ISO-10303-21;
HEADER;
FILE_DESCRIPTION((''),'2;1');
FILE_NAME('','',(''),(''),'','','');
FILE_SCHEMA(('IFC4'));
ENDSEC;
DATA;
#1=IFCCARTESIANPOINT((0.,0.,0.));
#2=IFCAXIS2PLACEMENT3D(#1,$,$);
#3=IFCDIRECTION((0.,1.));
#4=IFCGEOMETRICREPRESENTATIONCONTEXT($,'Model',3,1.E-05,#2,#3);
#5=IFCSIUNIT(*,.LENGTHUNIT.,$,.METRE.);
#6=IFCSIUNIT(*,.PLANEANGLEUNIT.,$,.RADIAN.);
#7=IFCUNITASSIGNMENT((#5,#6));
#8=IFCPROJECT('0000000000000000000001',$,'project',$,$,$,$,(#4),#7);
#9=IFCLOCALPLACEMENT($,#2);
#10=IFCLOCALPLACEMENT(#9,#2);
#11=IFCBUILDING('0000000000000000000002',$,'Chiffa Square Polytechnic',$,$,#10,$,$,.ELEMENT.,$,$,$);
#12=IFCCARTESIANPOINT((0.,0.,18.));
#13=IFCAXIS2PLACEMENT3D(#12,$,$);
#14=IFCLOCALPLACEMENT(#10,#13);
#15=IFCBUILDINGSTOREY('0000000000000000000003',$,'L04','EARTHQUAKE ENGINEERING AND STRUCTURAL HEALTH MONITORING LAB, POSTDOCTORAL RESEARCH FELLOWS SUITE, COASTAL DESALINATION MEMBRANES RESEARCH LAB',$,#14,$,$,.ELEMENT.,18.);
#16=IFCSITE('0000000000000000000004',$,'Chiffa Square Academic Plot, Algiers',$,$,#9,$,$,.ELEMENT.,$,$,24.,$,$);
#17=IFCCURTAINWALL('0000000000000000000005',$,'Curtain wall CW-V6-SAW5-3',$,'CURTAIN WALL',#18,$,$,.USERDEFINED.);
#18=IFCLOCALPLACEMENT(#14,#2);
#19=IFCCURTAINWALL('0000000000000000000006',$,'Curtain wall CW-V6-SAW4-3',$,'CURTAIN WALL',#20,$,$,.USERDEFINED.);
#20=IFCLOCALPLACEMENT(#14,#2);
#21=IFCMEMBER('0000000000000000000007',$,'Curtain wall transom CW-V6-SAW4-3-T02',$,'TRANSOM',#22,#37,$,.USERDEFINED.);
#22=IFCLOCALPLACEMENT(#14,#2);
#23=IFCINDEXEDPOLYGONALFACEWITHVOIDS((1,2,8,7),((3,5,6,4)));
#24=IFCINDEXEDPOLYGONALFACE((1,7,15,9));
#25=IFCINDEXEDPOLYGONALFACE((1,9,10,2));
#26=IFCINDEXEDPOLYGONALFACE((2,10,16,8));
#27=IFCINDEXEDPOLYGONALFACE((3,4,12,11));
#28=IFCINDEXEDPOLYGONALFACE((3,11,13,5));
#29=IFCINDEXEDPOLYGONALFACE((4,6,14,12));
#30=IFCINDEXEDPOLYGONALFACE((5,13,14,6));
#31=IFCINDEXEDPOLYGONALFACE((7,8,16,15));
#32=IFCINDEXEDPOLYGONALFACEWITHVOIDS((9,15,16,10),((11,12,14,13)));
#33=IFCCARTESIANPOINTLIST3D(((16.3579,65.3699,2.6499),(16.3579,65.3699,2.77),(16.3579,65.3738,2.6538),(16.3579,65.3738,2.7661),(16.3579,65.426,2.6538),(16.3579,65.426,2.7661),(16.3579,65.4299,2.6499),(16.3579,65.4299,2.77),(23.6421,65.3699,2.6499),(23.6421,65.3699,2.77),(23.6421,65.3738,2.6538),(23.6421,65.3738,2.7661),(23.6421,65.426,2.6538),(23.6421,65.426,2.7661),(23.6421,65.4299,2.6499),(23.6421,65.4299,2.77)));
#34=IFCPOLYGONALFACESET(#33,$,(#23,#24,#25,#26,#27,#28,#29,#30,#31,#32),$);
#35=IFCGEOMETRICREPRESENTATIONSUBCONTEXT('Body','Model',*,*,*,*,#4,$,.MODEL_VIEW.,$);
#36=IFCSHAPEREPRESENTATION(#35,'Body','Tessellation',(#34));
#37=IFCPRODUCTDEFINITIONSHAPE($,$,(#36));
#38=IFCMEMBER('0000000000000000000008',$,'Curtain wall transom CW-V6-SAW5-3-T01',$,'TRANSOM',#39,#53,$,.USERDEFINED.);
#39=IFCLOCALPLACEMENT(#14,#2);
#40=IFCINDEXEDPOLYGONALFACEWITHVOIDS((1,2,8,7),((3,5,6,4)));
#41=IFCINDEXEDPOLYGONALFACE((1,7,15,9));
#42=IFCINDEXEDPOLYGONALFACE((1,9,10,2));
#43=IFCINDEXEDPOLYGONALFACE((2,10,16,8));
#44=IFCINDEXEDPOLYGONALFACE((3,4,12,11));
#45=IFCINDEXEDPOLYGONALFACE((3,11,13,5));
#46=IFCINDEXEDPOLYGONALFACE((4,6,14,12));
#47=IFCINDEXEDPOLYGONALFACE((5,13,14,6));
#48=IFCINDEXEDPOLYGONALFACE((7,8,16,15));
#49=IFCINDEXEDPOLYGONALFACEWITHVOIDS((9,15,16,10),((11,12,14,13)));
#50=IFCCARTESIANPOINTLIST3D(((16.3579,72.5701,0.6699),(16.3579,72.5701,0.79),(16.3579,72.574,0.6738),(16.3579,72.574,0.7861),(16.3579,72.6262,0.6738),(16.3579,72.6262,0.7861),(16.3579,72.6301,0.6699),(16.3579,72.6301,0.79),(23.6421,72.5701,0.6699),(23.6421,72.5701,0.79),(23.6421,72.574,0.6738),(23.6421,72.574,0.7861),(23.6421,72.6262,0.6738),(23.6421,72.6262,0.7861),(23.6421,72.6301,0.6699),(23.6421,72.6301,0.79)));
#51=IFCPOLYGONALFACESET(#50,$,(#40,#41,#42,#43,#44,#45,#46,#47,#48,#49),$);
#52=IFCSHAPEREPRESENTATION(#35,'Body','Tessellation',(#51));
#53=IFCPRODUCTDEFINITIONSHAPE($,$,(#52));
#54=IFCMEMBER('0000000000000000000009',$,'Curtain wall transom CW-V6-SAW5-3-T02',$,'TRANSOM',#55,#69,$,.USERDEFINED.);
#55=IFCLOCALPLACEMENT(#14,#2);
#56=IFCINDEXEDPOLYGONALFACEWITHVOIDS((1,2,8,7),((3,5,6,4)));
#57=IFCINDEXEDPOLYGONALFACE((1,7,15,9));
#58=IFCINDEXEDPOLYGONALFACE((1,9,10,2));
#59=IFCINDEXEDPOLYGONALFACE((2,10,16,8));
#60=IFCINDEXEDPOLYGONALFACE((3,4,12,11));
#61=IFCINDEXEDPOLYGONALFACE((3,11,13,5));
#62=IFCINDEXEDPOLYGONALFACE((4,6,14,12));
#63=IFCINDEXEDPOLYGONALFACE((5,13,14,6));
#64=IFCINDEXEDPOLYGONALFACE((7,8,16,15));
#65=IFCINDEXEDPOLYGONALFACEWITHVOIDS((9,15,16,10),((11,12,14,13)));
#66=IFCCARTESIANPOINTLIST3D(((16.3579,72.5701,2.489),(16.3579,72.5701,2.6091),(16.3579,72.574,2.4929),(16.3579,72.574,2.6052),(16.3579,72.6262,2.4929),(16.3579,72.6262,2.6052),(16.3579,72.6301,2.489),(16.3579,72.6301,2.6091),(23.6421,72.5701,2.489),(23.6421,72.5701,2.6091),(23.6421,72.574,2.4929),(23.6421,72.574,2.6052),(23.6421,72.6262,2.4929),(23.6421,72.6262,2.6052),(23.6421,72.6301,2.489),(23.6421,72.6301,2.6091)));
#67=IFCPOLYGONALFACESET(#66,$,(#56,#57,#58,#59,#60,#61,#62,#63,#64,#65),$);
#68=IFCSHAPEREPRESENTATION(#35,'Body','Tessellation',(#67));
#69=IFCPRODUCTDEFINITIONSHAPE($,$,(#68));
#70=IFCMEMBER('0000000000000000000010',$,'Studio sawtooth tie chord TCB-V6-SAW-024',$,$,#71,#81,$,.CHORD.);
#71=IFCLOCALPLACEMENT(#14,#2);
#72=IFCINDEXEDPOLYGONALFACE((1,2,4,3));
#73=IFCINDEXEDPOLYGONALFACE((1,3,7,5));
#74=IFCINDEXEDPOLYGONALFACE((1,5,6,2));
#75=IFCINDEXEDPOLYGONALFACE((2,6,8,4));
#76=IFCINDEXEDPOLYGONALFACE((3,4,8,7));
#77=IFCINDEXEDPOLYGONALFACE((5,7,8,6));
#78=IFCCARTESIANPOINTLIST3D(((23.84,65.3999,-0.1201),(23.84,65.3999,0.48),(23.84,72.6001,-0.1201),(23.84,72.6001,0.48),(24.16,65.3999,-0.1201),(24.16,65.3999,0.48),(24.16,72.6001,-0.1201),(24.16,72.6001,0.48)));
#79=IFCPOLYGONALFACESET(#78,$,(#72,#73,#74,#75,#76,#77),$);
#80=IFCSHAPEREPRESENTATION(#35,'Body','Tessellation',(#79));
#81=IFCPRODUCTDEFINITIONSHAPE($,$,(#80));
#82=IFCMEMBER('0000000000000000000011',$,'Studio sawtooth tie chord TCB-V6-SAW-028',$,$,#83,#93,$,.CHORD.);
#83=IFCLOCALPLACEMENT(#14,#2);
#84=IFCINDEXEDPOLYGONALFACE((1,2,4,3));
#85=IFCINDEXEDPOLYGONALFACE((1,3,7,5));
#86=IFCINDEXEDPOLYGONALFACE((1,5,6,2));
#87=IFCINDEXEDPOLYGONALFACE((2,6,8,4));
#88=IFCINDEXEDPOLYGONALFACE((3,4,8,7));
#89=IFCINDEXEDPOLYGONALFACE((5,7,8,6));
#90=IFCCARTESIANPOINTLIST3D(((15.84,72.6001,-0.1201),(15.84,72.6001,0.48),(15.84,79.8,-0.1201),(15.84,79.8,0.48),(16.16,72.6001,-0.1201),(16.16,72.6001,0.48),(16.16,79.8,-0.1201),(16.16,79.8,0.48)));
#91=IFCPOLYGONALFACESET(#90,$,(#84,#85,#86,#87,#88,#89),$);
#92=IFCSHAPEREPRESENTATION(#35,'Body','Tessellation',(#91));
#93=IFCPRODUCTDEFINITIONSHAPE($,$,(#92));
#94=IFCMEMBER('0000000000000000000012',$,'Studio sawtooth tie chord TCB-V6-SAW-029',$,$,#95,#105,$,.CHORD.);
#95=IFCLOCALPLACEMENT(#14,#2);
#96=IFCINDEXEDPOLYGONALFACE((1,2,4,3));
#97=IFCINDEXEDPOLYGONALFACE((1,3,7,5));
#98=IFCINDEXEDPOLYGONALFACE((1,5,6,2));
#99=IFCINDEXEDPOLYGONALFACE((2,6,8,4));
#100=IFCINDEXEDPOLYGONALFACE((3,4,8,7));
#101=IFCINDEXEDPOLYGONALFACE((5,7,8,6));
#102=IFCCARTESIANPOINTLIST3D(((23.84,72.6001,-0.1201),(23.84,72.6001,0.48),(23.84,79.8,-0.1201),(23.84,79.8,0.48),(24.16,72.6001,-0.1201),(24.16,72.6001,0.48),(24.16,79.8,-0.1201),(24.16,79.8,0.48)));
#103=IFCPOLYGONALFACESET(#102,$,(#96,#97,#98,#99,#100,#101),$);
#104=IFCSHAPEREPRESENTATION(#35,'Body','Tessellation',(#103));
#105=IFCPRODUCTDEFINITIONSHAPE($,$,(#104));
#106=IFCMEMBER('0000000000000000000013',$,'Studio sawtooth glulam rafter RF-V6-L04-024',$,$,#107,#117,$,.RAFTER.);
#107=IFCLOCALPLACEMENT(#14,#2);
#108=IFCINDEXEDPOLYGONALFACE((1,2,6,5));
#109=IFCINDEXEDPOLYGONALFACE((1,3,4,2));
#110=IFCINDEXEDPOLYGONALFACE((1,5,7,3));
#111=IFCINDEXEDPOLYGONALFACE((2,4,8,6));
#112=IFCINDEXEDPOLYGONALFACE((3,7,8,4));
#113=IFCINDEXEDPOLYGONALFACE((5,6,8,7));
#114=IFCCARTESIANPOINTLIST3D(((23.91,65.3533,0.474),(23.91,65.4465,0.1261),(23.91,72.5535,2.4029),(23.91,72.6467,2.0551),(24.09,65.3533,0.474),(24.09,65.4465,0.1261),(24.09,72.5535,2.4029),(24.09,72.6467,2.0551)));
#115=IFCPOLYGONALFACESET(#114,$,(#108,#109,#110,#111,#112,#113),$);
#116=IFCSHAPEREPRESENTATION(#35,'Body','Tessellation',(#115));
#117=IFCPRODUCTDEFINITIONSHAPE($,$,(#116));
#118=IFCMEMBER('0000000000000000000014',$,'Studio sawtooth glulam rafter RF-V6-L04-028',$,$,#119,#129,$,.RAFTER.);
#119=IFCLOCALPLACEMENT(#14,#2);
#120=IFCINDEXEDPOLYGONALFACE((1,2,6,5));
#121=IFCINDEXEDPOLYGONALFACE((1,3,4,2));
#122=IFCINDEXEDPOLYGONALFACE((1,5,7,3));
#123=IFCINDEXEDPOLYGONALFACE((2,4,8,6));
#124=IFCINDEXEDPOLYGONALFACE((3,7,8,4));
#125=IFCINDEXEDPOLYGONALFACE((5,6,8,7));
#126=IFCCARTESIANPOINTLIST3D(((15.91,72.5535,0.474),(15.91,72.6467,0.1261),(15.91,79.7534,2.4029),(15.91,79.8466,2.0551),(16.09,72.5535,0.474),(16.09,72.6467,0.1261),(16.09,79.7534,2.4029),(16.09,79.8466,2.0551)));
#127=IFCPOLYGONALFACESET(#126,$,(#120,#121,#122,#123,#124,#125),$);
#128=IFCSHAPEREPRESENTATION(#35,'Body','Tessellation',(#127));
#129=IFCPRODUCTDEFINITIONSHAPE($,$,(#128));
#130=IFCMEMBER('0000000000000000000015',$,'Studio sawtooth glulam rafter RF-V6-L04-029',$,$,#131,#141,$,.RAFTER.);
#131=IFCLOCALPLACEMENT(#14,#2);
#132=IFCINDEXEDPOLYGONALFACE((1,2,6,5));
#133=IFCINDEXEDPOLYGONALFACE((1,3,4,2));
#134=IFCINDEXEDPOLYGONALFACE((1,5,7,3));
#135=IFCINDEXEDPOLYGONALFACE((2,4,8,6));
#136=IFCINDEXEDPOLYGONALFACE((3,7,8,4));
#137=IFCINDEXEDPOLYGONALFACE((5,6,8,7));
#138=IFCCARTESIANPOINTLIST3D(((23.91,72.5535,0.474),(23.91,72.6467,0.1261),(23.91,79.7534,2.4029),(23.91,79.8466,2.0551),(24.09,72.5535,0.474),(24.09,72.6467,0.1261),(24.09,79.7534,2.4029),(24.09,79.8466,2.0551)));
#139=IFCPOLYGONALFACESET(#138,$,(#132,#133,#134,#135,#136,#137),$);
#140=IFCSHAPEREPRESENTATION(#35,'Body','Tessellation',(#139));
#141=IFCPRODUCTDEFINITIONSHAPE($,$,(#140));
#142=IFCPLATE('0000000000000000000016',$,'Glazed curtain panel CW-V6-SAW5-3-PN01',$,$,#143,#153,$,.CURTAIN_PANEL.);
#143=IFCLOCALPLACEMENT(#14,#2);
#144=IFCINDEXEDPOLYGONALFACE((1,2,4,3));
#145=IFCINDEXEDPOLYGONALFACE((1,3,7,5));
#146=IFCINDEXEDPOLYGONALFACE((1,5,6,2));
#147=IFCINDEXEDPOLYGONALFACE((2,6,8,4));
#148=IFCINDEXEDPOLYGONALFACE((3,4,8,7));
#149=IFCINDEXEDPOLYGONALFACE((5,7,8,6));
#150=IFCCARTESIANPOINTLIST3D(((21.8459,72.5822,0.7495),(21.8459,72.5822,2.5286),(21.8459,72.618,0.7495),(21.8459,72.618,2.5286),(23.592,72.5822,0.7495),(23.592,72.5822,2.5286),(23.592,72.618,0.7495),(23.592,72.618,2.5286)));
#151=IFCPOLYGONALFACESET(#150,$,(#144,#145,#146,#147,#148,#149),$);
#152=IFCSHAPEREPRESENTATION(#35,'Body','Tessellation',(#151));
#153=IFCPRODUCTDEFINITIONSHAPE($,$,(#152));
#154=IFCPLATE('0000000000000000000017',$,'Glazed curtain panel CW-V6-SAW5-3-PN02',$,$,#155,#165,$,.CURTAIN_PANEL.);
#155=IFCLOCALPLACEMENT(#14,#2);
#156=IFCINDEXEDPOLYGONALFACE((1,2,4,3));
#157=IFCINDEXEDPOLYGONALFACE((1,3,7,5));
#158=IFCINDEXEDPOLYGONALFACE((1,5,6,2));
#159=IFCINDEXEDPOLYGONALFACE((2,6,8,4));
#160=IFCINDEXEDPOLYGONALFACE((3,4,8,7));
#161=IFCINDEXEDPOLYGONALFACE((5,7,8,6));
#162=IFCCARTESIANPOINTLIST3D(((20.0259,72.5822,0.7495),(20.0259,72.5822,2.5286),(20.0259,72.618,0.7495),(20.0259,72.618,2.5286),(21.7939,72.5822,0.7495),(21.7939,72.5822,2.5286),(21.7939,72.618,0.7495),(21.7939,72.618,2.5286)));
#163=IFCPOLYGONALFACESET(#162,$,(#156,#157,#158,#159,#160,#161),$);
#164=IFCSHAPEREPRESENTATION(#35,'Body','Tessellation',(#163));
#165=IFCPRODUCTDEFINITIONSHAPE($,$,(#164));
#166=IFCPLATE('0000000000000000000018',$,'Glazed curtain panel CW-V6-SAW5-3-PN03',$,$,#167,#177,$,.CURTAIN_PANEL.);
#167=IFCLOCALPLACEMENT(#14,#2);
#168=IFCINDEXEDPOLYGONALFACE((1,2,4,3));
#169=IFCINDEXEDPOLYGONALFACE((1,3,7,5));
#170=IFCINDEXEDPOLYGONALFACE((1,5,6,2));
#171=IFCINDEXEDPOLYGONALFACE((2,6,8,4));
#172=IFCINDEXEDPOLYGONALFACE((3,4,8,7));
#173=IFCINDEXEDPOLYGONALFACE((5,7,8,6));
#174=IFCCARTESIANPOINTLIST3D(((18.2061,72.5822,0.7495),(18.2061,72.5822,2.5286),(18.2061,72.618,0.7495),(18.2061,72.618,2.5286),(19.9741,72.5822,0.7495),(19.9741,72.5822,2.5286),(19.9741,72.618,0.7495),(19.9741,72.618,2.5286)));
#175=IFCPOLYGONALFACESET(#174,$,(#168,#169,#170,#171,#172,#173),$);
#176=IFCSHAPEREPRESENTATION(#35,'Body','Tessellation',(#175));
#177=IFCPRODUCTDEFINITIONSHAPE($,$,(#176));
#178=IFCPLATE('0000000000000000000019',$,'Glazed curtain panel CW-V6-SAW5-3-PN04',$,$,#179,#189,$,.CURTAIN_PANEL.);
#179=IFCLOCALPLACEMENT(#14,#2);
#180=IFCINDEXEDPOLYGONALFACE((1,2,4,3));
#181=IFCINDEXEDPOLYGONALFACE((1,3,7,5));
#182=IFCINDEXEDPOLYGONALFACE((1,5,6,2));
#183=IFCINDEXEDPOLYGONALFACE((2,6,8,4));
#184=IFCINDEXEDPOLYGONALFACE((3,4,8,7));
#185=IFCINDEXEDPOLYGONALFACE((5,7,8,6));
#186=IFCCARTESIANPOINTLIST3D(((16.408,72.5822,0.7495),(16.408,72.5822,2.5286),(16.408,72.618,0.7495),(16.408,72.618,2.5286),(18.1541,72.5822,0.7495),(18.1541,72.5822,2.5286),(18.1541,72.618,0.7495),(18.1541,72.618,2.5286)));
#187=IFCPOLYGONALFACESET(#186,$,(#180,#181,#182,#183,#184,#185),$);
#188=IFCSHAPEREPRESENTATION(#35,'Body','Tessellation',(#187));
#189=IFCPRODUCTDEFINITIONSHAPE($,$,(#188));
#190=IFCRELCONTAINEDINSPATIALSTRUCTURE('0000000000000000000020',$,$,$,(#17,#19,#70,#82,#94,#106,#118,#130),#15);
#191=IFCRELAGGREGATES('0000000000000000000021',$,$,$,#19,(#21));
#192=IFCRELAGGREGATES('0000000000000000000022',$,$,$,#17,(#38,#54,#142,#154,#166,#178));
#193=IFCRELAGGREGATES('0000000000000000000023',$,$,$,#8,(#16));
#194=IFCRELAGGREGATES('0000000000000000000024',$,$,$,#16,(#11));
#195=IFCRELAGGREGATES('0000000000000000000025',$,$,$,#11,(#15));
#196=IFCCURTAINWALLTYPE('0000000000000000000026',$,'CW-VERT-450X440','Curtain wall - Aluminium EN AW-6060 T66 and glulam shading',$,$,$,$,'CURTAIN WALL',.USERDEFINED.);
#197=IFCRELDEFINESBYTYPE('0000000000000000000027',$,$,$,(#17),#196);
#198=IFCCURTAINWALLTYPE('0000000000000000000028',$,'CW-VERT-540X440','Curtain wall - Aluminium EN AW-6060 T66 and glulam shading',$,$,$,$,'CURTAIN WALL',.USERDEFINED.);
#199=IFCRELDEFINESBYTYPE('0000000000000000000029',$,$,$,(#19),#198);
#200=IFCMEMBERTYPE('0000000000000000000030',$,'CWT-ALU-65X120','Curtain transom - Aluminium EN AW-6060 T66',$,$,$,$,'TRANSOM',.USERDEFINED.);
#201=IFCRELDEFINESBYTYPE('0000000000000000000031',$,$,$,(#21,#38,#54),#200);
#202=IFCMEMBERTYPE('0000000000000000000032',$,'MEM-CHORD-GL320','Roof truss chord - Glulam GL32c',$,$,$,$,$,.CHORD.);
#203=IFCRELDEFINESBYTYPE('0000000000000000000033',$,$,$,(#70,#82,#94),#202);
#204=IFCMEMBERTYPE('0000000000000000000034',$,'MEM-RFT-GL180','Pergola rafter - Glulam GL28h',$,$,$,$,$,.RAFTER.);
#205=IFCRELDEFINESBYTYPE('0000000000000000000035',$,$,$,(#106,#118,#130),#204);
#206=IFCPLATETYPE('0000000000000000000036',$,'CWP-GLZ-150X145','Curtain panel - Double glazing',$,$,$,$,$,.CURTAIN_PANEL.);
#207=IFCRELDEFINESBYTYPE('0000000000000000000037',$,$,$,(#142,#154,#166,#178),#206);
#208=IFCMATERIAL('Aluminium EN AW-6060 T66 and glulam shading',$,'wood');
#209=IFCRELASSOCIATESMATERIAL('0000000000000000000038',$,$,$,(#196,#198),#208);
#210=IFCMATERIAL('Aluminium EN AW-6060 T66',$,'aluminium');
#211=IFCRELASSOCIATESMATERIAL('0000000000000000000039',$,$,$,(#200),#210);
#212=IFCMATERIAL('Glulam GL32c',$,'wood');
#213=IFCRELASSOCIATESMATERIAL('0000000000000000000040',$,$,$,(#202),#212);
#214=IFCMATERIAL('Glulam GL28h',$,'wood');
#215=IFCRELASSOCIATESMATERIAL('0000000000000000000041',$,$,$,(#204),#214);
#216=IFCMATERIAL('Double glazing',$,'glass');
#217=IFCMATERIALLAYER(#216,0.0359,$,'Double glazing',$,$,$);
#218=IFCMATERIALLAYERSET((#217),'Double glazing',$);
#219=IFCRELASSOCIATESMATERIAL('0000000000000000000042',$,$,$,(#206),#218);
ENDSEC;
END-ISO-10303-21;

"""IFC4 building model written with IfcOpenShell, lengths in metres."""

from ifc_helpers import new_model, si_unit, direction, frame, origin, origin_2d, place, context, subcontext, project, spatial, rectangle, hollow_rectangle, extrude, material, layer, layer_set, material_profile, profile_set, type_object, element, aggregate, save


model = new_model("IFC4")

# Units and contexts
model_context = context("Model", 3, precision=1e-05, world=origin(), true_north=direction((0.0, 1.0)))
body_context = subcontext(model_context, "Body", "Model", "MODEL_VIEW")
ifc_project = project(units=[si_unit("LENGTHUNIT", "METRE"), si_unit("PLANEANGLEUNIT", "RADIAN")], contexts=[model_context])

# Site, building, storey
site_placement = place(None, origin())
site = spatial("IfcSite", under=ifc_project, at=site_placement, Name="Chiffa Square Academic Plot, Algiers", CompositionType="ELEMENT", RefElevation=24.0)
building_placement = place(site_placement, origin())
building = spatial("IfcBuilding", under=site, at=building_placement, Name="Chiffa Square Polytechnic", CompositionType="ELEMENT")
storey_placement = place(building_placement, frame((0.0, 0.0, 18.0)))
storey = spatial("IfcBuildingStorey", under=building, at=storey_placement, Name="L04", Description="EARTHQUAKE ENGINEERING AND STRUCTURAL HEALTH MONITORING LAB, POSTDOCTORAL RESEARCH FELLOWS SUITE, COASTAL DESALINATION MEMBRANES RESEARCH LAB", CompositionType="ELEMENT", Elevation=18.0)

# Shared definitions
ifc_material_1 = material(Name="Glulam GL32c", Category="wood")

# Curtain walls, member
ifc_material_2 = material(Name="Aluminium EN AW-6060 T66 and glulam shading", Category="wood")
curtain_wall_type_1 = type_object("IfcCurtainWallType", Name="CW-VERT-450X440", Description="Curtain wall - Aluminium EN AW-6060 T66 and glulam shading", ElementType="CURTAIN WALL", PredefinedType="USERDEFINED", material=ifc_material_2)
curtain_wall_1_placement = place(storey_placement, origin())
curtain_wall_1 = element("IfcCurtainWall", 1, at=curtain_wall_1_placement, inside=storey, type_object=curtain_wall_type_1, Name="Curtain wall CW-V6-SAW5-3", ObjectType="CURTAIN WALL", PredefinedType="USERDEFINED")
ifc_material_3 = material(Name="Aluminium EN AW-6060 T66", Category="aluminium")
curtain_wall_type_2 = type_object("IfcCurtainWallType", Name="CW-VERT-540X440", Description="Curtain wall - Aluminium EN AW-6060 T66 and glulam shading", ElementType="CURTAIN WALL", PredefinedType="USERDEFINED", material=ifc_material_2)
curtain_wall_2_placement = place(storey_placement, origin())
curtain_wall_2 = element("IfcCurtainWall", 2, at=curtain_wall_2_placement, inside=storey, type_object=curtain_wall_type_2, Name="Curtain wall CW-V6-SAW4-3", ObjectType="CURTAIN WALL", PredefinedType="USERDEFINED")
ifc_material_4 = material(Name="Glulam GL28h", Category="wood")
ifc_material_profile_1 = material_profile(ifc_material_3, hollow_rectangle(XDim=0.0601, YDim=0.1201, WallThickness=0.0039, at=origin_2d()), Name="ALU 60x120x4")
ifc_profile_set_1 = profile_set([ifc_material_profile_1], Name="Aluminium EN AW-6060 T66")
member_type_1 = type_object("IfcMemberType", Name="CWT-ALU-65X120", Description="Curtain transom - Aluminium EN AW-6060 T66", ElementType="TRANSOM", PredefinedType="USERDEFINED", material=ifc_profile_set_1)
member_1_placement = place(storey_placement, frame((23.6421, 65.3999, 2.71), z_axis=(-1.0, 0.0, 0.0), x_axis=(0.0, -1.0, 0.0)))
member_1 = element("IfcMember", 3, at=member_1_placement, type_object=member_type_1, Name="Curtain wall transom CW-V6-SAW4-3-T02", ObjectType="TRANSOM", PredefinedType="USERDEFINED", context=body_context, shape_type="SweptSolid", body=[
    extrude(hollow_rectangle(XDim=0.0601, YDim=0.1201, WallThickness=0.0039, at=origin_2d()), origin(), (0.0, 0.0, 1.0), 7.2842),
])
aggregate(curtain_wall_2, [member_1])

# Members
member_2_placement = place(storey_placement, frame((23.6421, 72.6001, 0.73), z_axis=(-1.0, 0.0, 0.0), x_axis=(0.0, -1.0, 0.0)))
member_2 = element("IfcMember", 4, at=member_2_placement, type_object=member_type_1, Name="Curtain wall transom CW-V6-SAW5-3-T01", ObjectType="TRANSOM", PredefinedType="USERDEFINED", context=body_context, shape_type="SweptSolid", body=[
    extrude(hollow_rectangle(XDim=0.0601, YDim=0.1201, WallThickness=0.0039, at=origin_2d()), origin(), (0.0, 0.0, 1.0), 7.2842),
])
member_3_placement = place(storey_placement, frame((23.6421, 72.6001, 2.5491), z_axis=(-1.0, 0.0, 0.0), x_axis=(0.0, -1.0, 0.0)))
member_3 = element("IfcMember", 5, at=member_3_placement, type_object=member_type_1, Name="Curtain wall transom CW-V6-SAW5-3-T02", ObjectType="TRANSOM", PredefinedType="USERDEFINED", context=body_context, shape_type="SweptSolid", body=[
    extrude(hollow_rectangle(XDim=0.0601, YDim=0.1201, WallThickness=0.0039, at=origin_2d()), origin(), (0.0, 0.0, 1.0), 7.2842),
])

# Members
ifc_material_profile_2 = material_profile(ifc_material_1, rectangle(XDim=0.3201, YDim=0.6001, at=origin_2d()), Name="GL32c 320x600")
ifc_profile_set_2 = profile_set([ifc_material_profile_2], Name="Glulam GL32c")
member_type_2 = type_object("IfcMemberType", Name="MEM-CHORD-GL320", Description="Roof truss chord - Glulam GL32c", PredefinedType="CHORD", material=ifc_profile_set_2)
member_4_placement = place(storey_placement, frame((24.0, 65.3999, 0.1799), z_axis=(0.0, 1.0, 0.0), x_axis=(-1.0, 0.0, 0.0)))
element("IfcMember", 6, at=member_4_placement, inside=storey, type_object=member_type_2, Name="Studio sawtooth tie chord TCB-V6-SAW-024", PredefinedType="CHORD", context=body_context, shape_type="SweptSolid", body=[
    extrude(rectangle(XDim=0.3201, YDim=0.6001, at=origin_2d()), origin(), (0.0, 0.0, 1.0), 7.2002),
])
for number, where, z_axis, x_axis, name in (
    (7, (16.0, 72.6001, 0.1799), (0.0, 1.0, 0.0), (-1.0, 0.0, 0.0), "Studio sawtooth tie chord TCB-V6-SAW-028"),
    (8, (24.0, 72.6001, 0.1799), (0.0, 1.0, 0.0), (-1.0, 0.0, 0.0), "Studio sawtooth tie chord TCB-V6-SAW-029"),
):
    element("IfcMember", number, at=place(storey_placement, frame(where, z_axis=z_axis, x_axis=x_axis)), inside=storey, type_object=member_type_2, Name=name, PredefinedType="CHORD", context=body_context, shape_type="SweptSolid", body=[
        extrude(rectangle(XDim=0.3201, YDim=0.6001, at=origin_2d()), origin(), (0.0, 0.0, 1.0), 7.2),
    ])
ifc_material_profile_3 = material_profile(ifc_material_4, rectangle(XDim=0.1799, YDim=0.3601, at=origin_2d()), Name="GL28h 180x360")
ifc_profile_set_3 = profile_set([ifc_material_profile_3], Name="Glulam GL28h")
member_type_3 = type_object("IfcMemberType", Name="MEM-RFT-GL180", Description="Pergola rafter - Glulam GL28h", PredefinedType="RAFTER", material=ifc_profile_set_3)
member_5_placement = place(storey_placement, frame((24.0, 65.3999, 0.3), z_axis=(0.0, 0.965937, 0.258778), x_axis=(-1.0, 0.0, 0.0)))
element("IfcMember", 9, at=member_5_placement, inside=storey, type_object=member_type_3, Name="Studio sawtooth glulam rafter RF-V6-L04-024", PredefinedType="RAFTER", context=body_context, shape_type="SweptSolid", body=[
    extrude(rectangle(XDim=0.1799, YDim=0.3601, at=origin_2d()), origin(), (0.0, 0.0, 1.0), 7.4541),
])
for number, where, z_axis, x_axis, name in (
    (10, (16.0, 72.6001, 0.3), (0.0, 0.965935, 0.258786), (-1.0, 0.0, 0.0), "Studio sawtooth glulam rafter RF-V6-L04-028"),
    (11, (24.0, 72.6001, 0.3), (0.0, 0.965935, 0.258786), (-1.0, 0.0, 0.0), "Studio sawtooth glulam rafter RF-V6-L04-029"),
):
    element("IfcMember", number, at=place(storey_placement, frame(where, z_axis=z_axis, x_axis=x_axis)), inside=storey, type_object=member_type_3, Name=name, PredefinedType="RAFTER", context=body_context, shape_type="SweptSolid", body=[
        extrude(rectangle(XDim=0.1799, YDim=0.3601, at=origin_2d()), origin(), (0.0, 0.0, 1.0), 7.4539),
    ])

# Plates
ifc_material_5 = material(Name="Double glazing", Category="glass")
ifc_layer_1 = layer(ifc_material_5, 0.0359, Name="Double glazing")
ifc_layer_set_1 = layer_set([ifc_layer_1], Name="Double glazing")
plate_type = type_object("IfcPlateType", Name="CWP-GLZ-150X145", Description="Curtain panel - Double glazing", PredefinedType="CURTAIN_PANEL", material=ifc_layer_set_1)
plate_1_placement = place(storey_placement, frame((22.719, 72.6001, 0.7495), z_axis=(0.0, 0.0, 1.0), x_axis=(-1.0, 0.0, 0.0)))
plate_1 = element("IfcPlate", 12, at=plate_1_placement, type_object=plate_type, Name="Glazed curtain panel CW-V6-SAW5-3-PN01", PredefinedType="CURTAIN_PANEL", context=body_context, shape_type="SweptSolid", body=[
    extrude(rectangle(XDim=1.7461, YDim=0.0359, at=origin_2d()), origin(), (0.0, 0.0, 1.0), 1.7791),
])
plate_2_placement = place(storey_placement, frame((20.9099, 72.6001, 0.7495), z_axis=(0.0, 0.0, 1.0), x_axis=(-1.0, 0.0, 0.0)))
plate_2 = element("IfcPlate", 13, at=plate_2_placement, type_object=plate_type, Name="Glazed curtain panel CW-V6-SAW5-3-PN02", PredefinedType="CURTAIN_PANEL", context=body_context, shape_type="SweptSolid", body=[
    extrude(rectangle(XDim=1.7681, YDim=0.0359, at=origin_2d()), origin(), (0.0, 0.0, 1.0), 1.7791),
])
plate_3_placement = place(storey_placement, frame((19.0901, 72.6001, 0.7495), z_axis=(0.0, 0.0, 1.0), x_axis=(-1.0, 0.0, 0.0)))
plate_3 = element("IfcPlate", 14, at=plate_3_placement, type_object=plate_type, Name="Glazed curtain panel CW-V6-SAW5-3-PN03", PredefinedType="CURTAIN_PANEL", context=body_context, shape_type="SweptSolid", body=[
    extrude(rectangle(XDim=1.7681, YDim=0.0359, at=origin_2d()), origin(), (0.0, 0.0, 1.0), 1.7791),
])
plate_4_placement = place(storey_placement, frame((17.281, 72.6001, 0.7495), z_axis=(0.0, 0.0, 1.0), x_axis=(-1.0, 0.0, 0.0)))
plate_4 = element("IfcPlate", 15, at=plate_4_placement, type_object=plate_type, Name="Glazed curtain panel CW-V6-SAW5-3-PN04", PredefinedType="CURTAIN_PANEL", context=body_context, shape_type="SweptSolid", body=[
    extrude(rectangle(XDim=1.7461, YDim=0.0359, at=origin_2d()), origin(), (0.0, 0.0, 1.0), 1.7791),
])
aggregate(curtain_wall_1, [member_2, member_3, plate_1, plate_2, plate_3, plate_4])

save(model, "model.ifc")
